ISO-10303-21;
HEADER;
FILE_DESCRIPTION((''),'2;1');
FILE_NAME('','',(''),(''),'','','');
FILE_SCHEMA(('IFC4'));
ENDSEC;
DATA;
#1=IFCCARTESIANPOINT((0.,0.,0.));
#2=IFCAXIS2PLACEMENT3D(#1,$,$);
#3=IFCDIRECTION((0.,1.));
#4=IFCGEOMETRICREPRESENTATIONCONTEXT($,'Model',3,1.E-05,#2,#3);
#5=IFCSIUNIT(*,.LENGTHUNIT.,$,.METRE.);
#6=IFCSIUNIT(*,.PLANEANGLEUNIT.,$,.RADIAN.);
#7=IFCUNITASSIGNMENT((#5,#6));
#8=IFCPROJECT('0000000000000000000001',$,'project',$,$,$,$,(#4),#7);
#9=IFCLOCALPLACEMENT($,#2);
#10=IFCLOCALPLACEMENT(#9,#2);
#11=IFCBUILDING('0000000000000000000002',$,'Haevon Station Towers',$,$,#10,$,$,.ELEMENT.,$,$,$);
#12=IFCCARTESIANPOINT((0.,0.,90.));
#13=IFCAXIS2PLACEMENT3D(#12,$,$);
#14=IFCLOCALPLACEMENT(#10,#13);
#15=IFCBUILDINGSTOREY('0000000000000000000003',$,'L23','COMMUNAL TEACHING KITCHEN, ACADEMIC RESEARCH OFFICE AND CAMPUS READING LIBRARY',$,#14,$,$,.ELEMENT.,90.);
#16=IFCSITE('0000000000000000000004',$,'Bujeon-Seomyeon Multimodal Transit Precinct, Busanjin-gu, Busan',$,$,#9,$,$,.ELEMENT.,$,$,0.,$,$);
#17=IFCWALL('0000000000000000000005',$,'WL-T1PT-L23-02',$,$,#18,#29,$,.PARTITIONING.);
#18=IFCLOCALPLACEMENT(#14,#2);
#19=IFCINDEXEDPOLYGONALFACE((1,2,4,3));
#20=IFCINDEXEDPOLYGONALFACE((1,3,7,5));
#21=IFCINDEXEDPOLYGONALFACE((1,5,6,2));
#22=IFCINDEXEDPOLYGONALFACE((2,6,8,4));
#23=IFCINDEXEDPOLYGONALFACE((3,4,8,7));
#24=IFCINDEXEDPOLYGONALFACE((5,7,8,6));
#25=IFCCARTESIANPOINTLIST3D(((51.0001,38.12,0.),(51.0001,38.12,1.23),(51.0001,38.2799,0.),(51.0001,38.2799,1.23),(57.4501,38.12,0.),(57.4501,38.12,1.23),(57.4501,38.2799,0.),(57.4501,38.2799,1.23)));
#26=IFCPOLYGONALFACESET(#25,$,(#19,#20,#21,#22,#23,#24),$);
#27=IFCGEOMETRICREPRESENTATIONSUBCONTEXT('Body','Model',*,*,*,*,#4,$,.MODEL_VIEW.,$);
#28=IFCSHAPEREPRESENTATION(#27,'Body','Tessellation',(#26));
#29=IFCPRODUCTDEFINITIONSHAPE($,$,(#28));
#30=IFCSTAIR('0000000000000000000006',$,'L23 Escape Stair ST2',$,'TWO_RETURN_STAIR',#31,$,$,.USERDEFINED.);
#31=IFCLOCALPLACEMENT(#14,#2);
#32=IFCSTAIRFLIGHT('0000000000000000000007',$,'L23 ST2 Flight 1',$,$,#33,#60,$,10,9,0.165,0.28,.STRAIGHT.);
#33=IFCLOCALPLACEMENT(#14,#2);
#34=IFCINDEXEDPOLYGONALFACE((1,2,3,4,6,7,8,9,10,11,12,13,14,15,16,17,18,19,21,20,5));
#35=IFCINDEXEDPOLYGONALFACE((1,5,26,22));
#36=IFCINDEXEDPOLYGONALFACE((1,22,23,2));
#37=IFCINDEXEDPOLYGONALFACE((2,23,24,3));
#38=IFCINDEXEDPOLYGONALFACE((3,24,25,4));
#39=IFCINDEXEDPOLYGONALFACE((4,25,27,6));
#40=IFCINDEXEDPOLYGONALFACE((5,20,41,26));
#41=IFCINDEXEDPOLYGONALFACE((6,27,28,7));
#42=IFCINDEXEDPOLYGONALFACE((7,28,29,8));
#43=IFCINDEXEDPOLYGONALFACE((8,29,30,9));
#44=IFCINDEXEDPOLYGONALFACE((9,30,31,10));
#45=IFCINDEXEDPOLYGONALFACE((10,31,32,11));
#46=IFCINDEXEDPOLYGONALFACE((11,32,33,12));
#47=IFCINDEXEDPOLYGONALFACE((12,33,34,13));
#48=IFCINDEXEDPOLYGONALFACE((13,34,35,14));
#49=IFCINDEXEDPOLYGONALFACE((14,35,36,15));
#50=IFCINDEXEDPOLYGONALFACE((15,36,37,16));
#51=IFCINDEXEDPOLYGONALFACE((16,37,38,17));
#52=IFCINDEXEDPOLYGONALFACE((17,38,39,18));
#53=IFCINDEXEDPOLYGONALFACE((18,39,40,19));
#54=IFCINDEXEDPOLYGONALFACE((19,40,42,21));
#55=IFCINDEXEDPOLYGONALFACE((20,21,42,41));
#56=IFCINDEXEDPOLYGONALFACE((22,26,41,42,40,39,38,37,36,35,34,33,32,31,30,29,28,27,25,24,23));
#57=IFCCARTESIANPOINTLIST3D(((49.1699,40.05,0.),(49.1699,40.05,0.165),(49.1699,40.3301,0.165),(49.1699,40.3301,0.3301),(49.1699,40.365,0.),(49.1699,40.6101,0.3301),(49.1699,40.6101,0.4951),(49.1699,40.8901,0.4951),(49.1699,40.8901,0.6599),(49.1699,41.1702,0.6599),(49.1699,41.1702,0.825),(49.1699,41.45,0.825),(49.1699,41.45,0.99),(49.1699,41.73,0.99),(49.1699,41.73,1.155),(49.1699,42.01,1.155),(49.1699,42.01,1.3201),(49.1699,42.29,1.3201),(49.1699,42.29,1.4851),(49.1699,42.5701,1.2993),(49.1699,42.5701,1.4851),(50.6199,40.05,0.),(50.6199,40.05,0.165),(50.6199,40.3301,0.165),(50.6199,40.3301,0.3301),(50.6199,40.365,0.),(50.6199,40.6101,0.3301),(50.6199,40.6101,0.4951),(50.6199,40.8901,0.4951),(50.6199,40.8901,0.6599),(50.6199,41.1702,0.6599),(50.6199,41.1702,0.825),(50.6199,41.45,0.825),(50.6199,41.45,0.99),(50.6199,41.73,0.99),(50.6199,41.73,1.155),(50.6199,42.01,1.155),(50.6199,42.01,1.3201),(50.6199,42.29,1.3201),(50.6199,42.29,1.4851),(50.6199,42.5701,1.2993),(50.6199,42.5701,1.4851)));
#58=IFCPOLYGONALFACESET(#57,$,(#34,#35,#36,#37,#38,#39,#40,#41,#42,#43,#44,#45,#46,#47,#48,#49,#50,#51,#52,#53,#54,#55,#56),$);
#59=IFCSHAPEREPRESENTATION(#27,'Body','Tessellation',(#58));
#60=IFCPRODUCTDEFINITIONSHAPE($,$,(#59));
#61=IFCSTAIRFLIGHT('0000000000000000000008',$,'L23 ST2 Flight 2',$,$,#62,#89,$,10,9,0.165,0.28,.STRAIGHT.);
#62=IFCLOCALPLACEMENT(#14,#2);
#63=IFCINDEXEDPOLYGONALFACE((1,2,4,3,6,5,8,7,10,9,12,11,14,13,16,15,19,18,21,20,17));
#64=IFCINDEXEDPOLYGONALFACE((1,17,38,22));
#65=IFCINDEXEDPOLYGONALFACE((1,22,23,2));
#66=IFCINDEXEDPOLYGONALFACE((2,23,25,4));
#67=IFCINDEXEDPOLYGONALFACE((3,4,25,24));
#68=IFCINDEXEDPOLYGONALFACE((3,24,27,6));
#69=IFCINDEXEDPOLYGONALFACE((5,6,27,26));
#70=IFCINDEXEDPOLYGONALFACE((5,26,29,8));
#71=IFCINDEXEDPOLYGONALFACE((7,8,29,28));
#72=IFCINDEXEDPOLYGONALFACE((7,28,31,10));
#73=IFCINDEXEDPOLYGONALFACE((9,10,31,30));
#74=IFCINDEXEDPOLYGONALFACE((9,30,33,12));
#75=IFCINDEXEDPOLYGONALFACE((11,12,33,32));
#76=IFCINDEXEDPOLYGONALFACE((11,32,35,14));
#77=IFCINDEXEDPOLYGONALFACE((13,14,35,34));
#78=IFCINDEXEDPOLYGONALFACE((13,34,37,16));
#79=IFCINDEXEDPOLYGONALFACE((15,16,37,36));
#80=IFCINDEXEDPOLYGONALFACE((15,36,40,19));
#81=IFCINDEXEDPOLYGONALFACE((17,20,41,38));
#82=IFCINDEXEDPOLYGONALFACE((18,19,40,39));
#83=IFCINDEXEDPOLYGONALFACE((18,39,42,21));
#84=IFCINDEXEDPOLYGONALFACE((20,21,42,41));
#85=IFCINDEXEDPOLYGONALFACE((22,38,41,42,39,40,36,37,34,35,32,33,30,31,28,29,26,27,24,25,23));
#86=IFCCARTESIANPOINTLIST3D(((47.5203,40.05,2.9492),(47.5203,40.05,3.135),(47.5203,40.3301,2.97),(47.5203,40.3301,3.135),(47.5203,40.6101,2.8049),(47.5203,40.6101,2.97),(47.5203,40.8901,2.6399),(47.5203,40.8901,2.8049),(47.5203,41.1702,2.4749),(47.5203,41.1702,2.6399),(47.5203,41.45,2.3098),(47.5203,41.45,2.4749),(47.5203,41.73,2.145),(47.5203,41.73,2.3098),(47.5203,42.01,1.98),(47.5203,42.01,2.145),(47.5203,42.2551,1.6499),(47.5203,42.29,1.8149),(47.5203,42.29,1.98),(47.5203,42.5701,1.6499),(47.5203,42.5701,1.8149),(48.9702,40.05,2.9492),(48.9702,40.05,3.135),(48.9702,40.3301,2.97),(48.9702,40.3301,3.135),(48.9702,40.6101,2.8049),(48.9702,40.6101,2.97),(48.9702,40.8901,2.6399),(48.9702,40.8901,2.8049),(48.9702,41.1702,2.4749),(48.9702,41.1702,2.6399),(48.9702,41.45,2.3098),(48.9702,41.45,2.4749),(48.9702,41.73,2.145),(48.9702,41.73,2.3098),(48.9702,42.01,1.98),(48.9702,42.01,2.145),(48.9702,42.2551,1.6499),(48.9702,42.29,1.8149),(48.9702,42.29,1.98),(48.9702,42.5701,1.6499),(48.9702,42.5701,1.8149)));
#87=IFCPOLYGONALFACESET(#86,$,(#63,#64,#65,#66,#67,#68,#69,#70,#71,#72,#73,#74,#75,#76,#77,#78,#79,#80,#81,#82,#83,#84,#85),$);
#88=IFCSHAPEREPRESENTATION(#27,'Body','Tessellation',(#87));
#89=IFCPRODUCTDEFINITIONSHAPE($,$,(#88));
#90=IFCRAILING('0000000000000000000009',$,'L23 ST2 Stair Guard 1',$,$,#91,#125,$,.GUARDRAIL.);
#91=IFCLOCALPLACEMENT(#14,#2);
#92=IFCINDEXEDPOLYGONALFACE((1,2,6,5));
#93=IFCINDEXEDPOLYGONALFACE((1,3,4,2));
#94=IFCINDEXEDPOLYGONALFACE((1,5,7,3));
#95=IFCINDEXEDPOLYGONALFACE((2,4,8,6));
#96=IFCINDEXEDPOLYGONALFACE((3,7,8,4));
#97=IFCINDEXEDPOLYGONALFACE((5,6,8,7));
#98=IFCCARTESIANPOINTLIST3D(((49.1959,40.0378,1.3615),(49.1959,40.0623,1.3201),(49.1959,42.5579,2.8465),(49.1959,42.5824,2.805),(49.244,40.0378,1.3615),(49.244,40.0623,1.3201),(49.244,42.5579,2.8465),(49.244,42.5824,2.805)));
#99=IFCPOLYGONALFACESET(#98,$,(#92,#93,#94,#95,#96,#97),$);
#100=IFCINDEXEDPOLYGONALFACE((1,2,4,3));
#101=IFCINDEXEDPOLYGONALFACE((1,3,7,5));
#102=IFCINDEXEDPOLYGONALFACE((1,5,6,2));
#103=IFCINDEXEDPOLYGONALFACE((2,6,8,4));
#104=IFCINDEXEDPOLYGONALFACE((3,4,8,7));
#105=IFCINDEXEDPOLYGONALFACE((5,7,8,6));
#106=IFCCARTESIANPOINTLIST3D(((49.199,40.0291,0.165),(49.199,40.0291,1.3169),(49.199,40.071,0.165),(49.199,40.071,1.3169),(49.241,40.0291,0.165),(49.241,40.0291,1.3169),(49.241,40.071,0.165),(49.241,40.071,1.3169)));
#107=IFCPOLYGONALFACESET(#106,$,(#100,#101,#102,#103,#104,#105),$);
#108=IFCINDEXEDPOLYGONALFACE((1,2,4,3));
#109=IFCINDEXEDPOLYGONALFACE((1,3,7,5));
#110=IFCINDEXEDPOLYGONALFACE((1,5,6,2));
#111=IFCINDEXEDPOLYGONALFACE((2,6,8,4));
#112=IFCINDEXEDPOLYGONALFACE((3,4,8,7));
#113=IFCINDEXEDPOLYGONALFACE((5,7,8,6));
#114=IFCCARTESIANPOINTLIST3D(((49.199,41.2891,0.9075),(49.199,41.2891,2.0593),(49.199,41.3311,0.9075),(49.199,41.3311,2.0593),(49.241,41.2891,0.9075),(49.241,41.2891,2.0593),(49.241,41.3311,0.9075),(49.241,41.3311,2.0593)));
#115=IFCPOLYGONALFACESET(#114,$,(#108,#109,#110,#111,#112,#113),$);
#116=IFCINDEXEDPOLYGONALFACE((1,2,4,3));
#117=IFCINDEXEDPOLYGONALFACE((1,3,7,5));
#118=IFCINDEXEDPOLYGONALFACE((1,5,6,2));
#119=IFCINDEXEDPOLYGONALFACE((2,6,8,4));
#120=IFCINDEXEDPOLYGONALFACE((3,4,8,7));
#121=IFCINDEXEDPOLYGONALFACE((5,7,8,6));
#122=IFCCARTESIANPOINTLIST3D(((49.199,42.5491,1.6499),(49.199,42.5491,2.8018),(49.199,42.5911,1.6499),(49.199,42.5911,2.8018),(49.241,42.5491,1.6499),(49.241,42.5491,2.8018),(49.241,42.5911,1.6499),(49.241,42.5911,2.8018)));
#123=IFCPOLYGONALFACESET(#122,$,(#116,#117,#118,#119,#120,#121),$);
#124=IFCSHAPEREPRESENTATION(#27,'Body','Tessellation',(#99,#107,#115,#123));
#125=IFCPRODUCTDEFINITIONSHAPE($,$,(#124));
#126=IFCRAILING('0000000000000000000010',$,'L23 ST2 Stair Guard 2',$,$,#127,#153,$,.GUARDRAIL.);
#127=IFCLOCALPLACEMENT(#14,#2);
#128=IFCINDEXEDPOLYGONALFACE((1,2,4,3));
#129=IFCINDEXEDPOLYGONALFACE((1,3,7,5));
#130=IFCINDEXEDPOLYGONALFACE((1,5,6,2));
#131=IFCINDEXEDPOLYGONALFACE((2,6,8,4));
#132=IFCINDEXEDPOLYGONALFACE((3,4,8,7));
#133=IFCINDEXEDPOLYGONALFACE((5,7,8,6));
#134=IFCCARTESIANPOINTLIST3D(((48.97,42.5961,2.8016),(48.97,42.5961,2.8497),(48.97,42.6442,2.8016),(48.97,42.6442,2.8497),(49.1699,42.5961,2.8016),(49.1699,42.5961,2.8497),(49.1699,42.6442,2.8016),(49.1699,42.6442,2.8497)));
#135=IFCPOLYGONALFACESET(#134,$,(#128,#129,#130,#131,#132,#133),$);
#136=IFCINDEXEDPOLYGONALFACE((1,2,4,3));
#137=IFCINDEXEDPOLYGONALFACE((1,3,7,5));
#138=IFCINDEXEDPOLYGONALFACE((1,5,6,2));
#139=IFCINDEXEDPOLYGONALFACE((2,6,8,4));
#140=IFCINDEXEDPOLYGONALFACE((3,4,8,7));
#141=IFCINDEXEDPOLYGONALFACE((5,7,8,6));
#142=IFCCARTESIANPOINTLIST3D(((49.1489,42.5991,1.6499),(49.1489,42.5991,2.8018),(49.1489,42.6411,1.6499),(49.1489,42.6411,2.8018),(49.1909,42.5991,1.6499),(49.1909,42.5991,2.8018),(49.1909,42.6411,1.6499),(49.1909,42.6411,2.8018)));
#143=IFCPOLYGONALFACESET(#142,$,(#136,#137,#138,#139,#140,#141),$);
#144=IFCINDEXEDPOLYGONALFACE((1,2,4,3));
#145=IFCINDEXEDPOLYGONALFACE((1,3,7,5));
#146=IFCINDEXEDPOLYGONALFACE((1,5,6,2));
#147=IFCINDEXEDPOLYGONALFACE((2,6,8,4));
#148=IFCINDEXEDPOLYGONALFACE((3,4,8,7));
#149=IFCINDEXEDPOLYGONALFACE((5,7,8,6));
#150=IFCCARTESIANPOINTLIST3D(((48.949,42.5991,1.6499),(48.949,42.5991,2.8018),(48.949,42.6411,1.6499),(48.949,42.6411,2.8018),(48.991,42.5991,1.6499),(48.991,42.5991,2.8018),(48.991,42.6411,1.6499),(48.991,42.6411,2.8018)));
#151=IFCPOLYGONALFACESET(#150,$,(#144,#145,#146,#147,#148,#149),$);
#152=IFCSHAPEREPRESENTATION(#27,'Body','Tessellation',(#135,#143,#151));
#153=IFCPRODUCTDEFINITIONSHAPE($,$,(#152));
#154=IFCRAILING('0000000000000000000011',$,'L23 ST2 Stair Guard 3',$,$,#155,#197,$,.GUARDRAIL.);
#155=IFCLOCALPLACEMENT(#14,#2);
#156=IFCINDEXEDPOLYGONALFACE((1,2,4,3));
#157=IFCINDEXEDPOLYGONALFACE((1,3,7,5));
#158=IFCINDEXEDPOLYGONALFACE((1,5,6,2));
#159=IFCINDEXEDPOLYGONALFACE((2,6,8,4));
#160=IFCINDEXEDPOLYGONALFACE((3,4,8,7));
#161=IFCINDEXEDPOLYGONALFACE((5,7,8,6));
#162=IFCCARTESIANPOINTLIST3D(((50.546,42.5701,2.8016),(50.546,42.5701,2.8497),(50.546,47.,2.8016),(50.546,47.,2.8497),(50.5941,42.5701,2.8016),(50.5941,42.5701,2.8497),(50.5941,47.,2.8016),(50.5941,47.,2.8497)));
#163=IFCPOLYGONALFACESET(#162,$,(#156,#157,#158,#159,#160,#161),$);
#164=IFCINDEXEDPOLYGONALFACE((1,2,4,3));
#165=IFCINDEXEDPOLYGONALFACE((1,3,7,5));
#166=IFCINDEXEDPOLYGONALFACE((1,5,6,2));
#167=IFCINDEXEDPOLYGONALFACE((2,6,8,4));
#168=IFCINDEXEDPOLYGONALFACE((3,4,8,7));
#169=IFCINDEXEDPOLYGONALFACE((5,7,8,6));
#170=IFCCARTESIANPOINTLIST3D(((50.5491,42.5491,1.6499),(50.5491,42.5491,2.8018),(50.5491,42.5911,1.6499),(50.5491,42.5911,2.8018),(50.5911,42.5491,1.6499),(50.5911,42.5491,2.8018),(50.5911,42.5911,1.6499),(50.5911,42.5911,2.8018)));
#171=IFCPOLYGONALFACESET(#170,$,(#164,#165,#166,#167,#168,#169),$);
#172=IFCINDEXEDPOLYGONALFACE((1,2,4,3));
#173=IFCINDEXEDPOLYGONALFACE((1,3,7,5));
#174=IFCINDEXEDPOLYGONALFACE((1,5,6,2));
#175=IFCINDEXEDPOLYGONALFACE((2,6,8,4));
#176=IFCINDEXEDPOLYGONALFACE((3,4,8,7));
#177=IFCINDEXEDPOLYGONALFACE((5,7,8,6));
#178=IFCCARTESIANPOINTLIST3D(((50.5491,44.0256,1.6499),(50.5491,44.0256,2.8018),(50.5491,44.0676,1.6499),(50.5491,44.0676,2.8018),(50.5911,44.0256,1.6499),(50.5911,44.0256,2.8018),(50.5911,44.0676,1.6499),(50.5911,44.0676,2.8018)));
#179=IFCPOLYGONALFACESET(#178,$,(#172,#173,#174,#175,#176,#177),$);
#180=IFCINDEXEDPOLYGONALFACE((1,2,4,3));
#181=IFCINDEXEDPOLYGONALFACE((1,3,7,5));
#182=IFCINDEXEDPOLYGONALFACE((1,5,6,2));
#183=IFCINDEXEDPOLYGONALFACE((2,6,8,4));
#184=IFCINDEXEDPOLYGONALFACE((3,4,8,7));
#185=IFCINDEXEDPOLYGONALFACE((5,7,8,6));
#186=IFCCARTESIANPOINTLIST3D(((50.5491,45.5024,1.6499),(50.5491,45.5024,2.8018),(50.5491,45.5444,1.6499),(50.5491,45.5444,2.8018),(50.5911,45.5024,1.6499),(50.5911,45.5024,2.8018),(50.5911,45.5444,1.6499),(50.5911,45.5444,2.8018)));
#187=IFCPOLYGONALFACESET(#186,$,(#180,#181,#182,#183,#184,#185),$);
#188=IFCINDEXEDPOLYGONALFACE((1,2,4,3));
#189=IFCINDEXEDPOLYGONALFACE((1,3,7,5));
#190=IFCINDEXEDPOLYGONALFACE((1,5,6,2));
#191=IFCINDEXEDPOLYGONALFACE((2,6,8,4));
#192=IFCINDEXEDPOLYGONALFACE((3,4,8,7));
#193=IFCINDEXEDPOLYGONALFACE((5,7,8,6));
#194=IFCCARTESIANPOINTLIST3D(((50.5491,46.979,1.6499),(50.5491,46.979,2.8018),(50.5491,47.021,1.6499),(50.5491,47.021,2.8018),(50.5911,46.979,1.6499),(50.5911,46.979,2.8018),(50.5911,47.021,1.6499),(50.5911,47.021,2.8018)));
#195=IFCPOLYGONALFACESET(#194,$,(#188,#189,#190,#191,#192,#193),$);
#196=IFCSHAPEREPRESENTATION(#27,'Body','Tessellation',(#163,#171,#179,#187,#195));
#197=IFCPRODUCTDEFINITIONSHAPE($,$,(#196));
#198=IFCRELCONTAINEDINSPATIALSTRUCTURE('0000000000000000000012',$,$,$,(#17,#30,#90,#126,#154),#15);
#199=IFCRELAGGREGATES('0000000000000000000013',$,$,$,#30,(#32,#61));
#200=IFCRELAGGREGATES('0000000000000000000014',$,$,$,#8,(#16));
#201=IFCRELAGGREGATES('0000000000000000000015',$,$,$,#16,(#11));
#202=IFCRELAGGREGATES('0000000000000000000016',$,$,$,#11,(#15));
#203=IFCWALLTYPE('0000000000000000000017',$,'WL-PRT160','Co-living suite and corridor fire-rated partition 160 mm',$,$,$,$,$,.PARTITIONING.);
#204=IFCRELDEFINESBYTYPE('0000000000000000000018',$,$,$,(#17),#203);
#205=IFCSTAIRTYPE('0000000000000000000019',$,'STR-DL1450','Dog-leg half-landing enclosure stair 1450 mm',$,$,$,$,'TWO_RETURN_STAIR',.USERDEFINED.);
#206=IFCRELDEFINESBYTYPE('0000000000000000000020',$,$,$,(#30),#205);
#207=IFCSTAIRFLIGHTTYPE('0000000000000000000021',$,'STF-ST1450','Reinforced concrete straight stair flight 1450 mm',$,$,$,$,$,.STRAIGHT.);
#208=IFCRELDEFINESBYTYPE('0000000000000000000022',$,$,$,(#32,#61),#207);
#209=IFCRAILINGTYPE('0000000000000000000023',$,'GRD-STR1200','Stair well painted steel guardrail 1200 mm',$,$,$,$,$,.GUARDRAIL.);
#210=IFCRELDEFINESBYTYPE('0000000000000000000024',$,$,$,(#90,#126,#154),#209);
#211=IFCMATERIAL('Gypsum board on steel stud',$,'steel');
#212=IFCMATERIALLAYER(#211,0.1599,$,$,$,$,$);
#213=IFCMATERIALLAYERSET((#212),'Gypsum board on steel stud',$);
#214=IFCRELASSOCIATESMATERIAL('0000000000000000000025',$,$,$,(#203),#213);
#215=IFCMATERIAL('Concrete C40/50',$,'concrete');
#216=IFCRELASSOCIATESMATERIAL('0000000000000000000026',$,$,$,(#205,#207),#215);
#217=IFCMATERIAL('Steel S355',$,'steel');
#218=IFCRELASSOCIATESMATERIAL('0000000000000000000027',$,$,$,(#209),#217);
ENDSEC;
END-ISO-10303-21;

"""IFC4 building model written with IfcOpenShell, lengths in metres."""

from ifc_helpers import new_model, si_unit, direction, frame, frame_2d, origin, origin_2d, place, context, subcontext, project, spatial, polyline, rectangle, outline, extrude, material, layer, layer_set, type_object, element, aggregate, save


model = new_model("IFC4")

# Units and contexts
model_context = context("Model", 3, precision=1e-05, world=origin(), true_north=direction((0.0, 1.0)))
body_context = subcontext(model_context, "Body", "Model", "MODEL_VIEW")
ifc_project = project(units=[si_unit("LENGTHUNIT", "METRE"), si_unit("PLANEANGLEUNIT", "RADIAN")], contexts=[model_context])

# Site, building, storey
site_placement = place(None, origin())
site = spatial("IfcSite", under=ifc_project, at=site_placement, Name="Bujeon-Seomyeon Multimodal Transit Precinct, Busanjin-gu, Busan", CompositionType="ELEMENT", RefElevation=0.0)
building_placement = place(site_placement, origin())
building = spatial("IfcBuilding", under=site, at=building_placement, Name="Haevon Station Towers", CompositionType="ELEMENT")
storey_placement = place(building_placement, frame((0.0, 0.0, 90.0)))
storey = spatial("IfcBuildingStorey", under=building, at=storey_placement, Name="L23", Description="COMMUNAL TEACHING KITCHEN, ACADEMIC RESEARCH OFFICE AND CAMPUS READING LIBRARY", CompositionType="ELEMENT", Elevation=90.0)

# Shared definitions
ifc_material_1 = material(Name="Steel S355", Category="steel")

# Wall
ifc_material_2 = material(Name="Gypsum board on steel stud", Category="steel")
ifc_layer = layer(ifc_material_2, 0.1599)
ifc_layer_set = layer_set([ifc_layer], Name="Gypsum board on steel stud")
wall_type = type_object("IfcWallType", Name="WL-PRT160", Description="Co-living suite and corridor fire-rated partition 160 mm", PredefinedType="PARTITIONING", material=ifc_layer_set)
wall_placement = place(storey_placement, frame((51.0, 38.2, 0.0), z_axis=(0.0, 0.0, 1.0), x_axis=(1.0, 0.0, 0.0)))
element("IfcWall", 1, at=wall_placement, inside=storey, type_object=wall_type, Name="WL-T1PT-L23-02", PredefinedType="PARTITIONING", context=body_context, shape_type="SweptSolid", body=[
    extrude(rectangle(XDim=6.45, YDim=0.1599, at=frame_2d((3.2251, 0.0))), origin(), (0.0, 0.0, 1.0), 1.23),
])

# Stair, stair flights
ifc_material_3 = material(Name="Concrete C40/50", Category="concrete")
stair_type = type_object("IfcStairType", Name="STR-DL1450", Description="Dog-leg half-landing enclosure stair 1450 mm", ElementType="TWO_RETURN_STAIR", PredefinedType="USERDEFINED", material=ifc_material_3)
stair_placement = place(storey_placement, origin())
stair = element("IfcStair", 2, at=stair_placement, inside=storey, type_object=stair_type, Name="L23 Escape Stair ST2", ObjectType="TWO_RETURN_STAIR", PredefinedType="USERDEFINED")
stair_flight_type = type_object("IfcStairFlightType", Name="STF-ST1450", Description="Reinforced concrete straight stair flight 1450 mm", PredefinedType="STRAIGHT", material=ifc_material_3)
stair_flight_1_placement = place(storey_placement, frame((49.895, 40.05, 0.0), z_axis=(0.0, 0.0, 1.0), x_axis=(0.0, 1.0, 0.0)))
stair_flight_1 = element("IfcStairFlight", 3, at=stair_flight_1_placement, type_object=stair_flight_type, Name="L23 ST2 Flight 1", NumberOfRisers=10, NumberOfTreads=9, PredefinedType="STRAIGHT", RiserHeight=0.165, TreadLength=0.28, context=body_context, shape_type="SweptSolid", body=[
    extrude(outline(polyline([(0.0, 0.0), (0.0, 0.165), (0.28, 0.165), (0.28, 0.3301), (0.5601, 0.3301), (0.5601, 0.4951), (0.8401, 0.4951), (0.8401, 0.6599), (1.1201, 0.6599), (1.1201, 0.825), (1.3999, 0.825), (1.3999, 0.99), (1.6799, 0.99), (1.6799, 1.155), (1.96, 1.155), (1.96, 1.3201), (2.24, 1.3201), (2.24, 1.4851), (2.52, 1.4851), (2.52, 1.6499), (2.52, 1.2993), (0.3149, 0.0), (0.0, 0.0)])), frame((0.0, 0.7251, 0.0), z_axis=(0.0, -1.0, 0.0), x_axis=(1.0, 0.0, 0.0)), (0.0, 0.0, 1.0), 1.45),
])
stair_flight_2_placement = place(storey_placement, frame((48.2451, 42.5701, 1.6499), z_axis=(0.0, 0.0, 1.0), x_axis=(0.0, -1.0, 0.0)))
stair_flight_2 = element("IfcStairFlight", 4, at=stair_flight_2_placement, type_object=stair_flight_type, Name="L23 ST2 Flight 2", NumberOfRisers=10, NumberOfTreads=9, PredefinedType="STRAIGHT", RiserHeight=0.165, TreadLength=0.28, context=body_context, shape_type="SweptSolid", body=[
    extrude(outline(polyline([(0.0, 0.0), (0.0, 0.165), (0.28, 0.165), (0.28, 0.3301), (0.5601, 0.3301), (0.5601, 0.4951), (0.8401, 0.4951), (0.8401, 0.6599), (1.1201, 0.6599), (1.1201, 0.825), (1.3999, 0.825), (1.3999, 0.99), (1.6799, 0.99), (1.6799, 1.155), (1.96, 1.155), (1.96, 1.3201), (2.24, 1.3201), (2.24, 1.4851), (2.52, 1.4851), (2.52, 1.6499), (2.52, 1.2993), (0.3149, 0.0), (0.0, 0.0)])), frame((0.0, 0.7251, 0.0), z_axis=(0.0, -1.0, 0.0), x_axis=(1.0, 0.0, 0.0)), (0.0, 0.0, 1.0), 1.45),
])
aggregate(stair, [stair_flight_1, stair_flight_2])

# Railings
railing_type_1 = type_object("IfcRailingType", Name="GRD-STR1200", Description="Stair well painted steel guardrail 1200 mm", PredefinedType="GUARDRAIL", material=ifc_material_1)
railing_1_placement = place(storey_placement, frame((49.22, 40.05, 0.165)))
element("IfcRailing", 5, at=railing_1_placement, inside=storey, type_object=railing_type_1, Name="L23 ST2 Stair Guard 1", PredefinedType="GUARDRAIL", context=body_context, shape_type="SweptSolid", body=[
    extrude(rectangle(XDim=0.0481, YDim=0.0481, at=origin_2d()), frame((0.0, 0.0, 1.1758), z_axis=(0.0, 0.861561, 0.507655), x_axis=(-1.0, 0.0, 0.0)), (0.0, 0.0, 1.0), 2.925),
    extrude(rectangle(XDim=0.042, YDim=0.042, at=origin_2d()), origin(), (0.0, 0.0, 1.0), 1.1519),
    extrude(rectangle(XDim=0.042, YDim=0.042, at=origin_2d()), frame((0.0, 1.26, 0.7424)), (0.0, 0.0, 1.0), 1.1519),
    extrude(rectangle(XDim=0.042, YDim=0.042, at=origin_2d()), frame((0.0, 2.52, 1.4849)), (0.0, 0.0, 1.0), 1.1519),
])
railing_2_placement = place(storey_placement, frame((49.1699, 42.6201, 1.6499)))
element("IfcRailing", 6, at=railing_2_placement, inside=storey, type_object=railing_type_1, Name="L23 ST2 Stair Guard 2", PredefinedType="GUARDRAIL", context=body_context, shape_type="SweptSolid", body=[
    extrude(rectangle(XDim=0.0481, YDim=0.0481, at=origin_2d()), frame((0.0, 0.0, 1.1758), z_axis=(-1.0, 0.0, 0.0), x_axis=(0.0, -1.0, 0.0)), (0.0, 0.0, 1.0), 0.2),
    extrude(rectangle(XDim=0.042, YDim=0.042, at=origin_2d()), origin(), (0.0, 0.0, 1.0), 1.1519),
    extrude(rectangle(XDim=0.042, YDim=0.042, at=origin_2d()), frame((-0.2, 0.0, 0.0)), (0.0, 0.0, 1.0), 1.1519),
])
for number, where, name in (
    (7, (50.5701, 42.5701, 1.6499), "L23 ST2 Stair Guard 3"),
):
    element("IfcRailing", number, at=place(storey_placement, frame(where)), inside=storey, type_object=railing_type_1, Name=name, PredefinedType="GUARDRAIL", context=body_context, shape_type="SweptSolid", body=[
        extrude(rectangle(XDim=0.0481, YDim=0.0481, at=origin_2d()), frame((0.0, 0.0, 1.1758), z_axis=(0.0, 1.0, 0.0), x_axis=(-1.0, 0.0, 0.0)), (0.0, 0.0, 1.0), 4.4299),
        extrude(rectangle(XDim=0.042, YDim=0.042, at=origin_2d()), origin(), (0.0, 0.0, 1.0), 1.1519),
        extrude(rectangle(XDim=0.042, YDim=0.042, at=origin_2d()), frame((0.0, 1.4766, 0.0)), (0.0, 0.0, 1.0), 1.1519),
        extrude(rectangle(XDim=0.042, YDim=0.042, at=origin_2d()), frame((0.0, 2.9534, 0.0)), (0.0, 0.0, 1.0), 1.1519),
        extrude(rectangle(XDim=0.042, YDim=0.042, at=origin_2d()), frame((0.0, 4.4299, 0.0)), (0.0, 0.0, 1.0), 1.1519),
    ])

save(model, "model.ifc")
